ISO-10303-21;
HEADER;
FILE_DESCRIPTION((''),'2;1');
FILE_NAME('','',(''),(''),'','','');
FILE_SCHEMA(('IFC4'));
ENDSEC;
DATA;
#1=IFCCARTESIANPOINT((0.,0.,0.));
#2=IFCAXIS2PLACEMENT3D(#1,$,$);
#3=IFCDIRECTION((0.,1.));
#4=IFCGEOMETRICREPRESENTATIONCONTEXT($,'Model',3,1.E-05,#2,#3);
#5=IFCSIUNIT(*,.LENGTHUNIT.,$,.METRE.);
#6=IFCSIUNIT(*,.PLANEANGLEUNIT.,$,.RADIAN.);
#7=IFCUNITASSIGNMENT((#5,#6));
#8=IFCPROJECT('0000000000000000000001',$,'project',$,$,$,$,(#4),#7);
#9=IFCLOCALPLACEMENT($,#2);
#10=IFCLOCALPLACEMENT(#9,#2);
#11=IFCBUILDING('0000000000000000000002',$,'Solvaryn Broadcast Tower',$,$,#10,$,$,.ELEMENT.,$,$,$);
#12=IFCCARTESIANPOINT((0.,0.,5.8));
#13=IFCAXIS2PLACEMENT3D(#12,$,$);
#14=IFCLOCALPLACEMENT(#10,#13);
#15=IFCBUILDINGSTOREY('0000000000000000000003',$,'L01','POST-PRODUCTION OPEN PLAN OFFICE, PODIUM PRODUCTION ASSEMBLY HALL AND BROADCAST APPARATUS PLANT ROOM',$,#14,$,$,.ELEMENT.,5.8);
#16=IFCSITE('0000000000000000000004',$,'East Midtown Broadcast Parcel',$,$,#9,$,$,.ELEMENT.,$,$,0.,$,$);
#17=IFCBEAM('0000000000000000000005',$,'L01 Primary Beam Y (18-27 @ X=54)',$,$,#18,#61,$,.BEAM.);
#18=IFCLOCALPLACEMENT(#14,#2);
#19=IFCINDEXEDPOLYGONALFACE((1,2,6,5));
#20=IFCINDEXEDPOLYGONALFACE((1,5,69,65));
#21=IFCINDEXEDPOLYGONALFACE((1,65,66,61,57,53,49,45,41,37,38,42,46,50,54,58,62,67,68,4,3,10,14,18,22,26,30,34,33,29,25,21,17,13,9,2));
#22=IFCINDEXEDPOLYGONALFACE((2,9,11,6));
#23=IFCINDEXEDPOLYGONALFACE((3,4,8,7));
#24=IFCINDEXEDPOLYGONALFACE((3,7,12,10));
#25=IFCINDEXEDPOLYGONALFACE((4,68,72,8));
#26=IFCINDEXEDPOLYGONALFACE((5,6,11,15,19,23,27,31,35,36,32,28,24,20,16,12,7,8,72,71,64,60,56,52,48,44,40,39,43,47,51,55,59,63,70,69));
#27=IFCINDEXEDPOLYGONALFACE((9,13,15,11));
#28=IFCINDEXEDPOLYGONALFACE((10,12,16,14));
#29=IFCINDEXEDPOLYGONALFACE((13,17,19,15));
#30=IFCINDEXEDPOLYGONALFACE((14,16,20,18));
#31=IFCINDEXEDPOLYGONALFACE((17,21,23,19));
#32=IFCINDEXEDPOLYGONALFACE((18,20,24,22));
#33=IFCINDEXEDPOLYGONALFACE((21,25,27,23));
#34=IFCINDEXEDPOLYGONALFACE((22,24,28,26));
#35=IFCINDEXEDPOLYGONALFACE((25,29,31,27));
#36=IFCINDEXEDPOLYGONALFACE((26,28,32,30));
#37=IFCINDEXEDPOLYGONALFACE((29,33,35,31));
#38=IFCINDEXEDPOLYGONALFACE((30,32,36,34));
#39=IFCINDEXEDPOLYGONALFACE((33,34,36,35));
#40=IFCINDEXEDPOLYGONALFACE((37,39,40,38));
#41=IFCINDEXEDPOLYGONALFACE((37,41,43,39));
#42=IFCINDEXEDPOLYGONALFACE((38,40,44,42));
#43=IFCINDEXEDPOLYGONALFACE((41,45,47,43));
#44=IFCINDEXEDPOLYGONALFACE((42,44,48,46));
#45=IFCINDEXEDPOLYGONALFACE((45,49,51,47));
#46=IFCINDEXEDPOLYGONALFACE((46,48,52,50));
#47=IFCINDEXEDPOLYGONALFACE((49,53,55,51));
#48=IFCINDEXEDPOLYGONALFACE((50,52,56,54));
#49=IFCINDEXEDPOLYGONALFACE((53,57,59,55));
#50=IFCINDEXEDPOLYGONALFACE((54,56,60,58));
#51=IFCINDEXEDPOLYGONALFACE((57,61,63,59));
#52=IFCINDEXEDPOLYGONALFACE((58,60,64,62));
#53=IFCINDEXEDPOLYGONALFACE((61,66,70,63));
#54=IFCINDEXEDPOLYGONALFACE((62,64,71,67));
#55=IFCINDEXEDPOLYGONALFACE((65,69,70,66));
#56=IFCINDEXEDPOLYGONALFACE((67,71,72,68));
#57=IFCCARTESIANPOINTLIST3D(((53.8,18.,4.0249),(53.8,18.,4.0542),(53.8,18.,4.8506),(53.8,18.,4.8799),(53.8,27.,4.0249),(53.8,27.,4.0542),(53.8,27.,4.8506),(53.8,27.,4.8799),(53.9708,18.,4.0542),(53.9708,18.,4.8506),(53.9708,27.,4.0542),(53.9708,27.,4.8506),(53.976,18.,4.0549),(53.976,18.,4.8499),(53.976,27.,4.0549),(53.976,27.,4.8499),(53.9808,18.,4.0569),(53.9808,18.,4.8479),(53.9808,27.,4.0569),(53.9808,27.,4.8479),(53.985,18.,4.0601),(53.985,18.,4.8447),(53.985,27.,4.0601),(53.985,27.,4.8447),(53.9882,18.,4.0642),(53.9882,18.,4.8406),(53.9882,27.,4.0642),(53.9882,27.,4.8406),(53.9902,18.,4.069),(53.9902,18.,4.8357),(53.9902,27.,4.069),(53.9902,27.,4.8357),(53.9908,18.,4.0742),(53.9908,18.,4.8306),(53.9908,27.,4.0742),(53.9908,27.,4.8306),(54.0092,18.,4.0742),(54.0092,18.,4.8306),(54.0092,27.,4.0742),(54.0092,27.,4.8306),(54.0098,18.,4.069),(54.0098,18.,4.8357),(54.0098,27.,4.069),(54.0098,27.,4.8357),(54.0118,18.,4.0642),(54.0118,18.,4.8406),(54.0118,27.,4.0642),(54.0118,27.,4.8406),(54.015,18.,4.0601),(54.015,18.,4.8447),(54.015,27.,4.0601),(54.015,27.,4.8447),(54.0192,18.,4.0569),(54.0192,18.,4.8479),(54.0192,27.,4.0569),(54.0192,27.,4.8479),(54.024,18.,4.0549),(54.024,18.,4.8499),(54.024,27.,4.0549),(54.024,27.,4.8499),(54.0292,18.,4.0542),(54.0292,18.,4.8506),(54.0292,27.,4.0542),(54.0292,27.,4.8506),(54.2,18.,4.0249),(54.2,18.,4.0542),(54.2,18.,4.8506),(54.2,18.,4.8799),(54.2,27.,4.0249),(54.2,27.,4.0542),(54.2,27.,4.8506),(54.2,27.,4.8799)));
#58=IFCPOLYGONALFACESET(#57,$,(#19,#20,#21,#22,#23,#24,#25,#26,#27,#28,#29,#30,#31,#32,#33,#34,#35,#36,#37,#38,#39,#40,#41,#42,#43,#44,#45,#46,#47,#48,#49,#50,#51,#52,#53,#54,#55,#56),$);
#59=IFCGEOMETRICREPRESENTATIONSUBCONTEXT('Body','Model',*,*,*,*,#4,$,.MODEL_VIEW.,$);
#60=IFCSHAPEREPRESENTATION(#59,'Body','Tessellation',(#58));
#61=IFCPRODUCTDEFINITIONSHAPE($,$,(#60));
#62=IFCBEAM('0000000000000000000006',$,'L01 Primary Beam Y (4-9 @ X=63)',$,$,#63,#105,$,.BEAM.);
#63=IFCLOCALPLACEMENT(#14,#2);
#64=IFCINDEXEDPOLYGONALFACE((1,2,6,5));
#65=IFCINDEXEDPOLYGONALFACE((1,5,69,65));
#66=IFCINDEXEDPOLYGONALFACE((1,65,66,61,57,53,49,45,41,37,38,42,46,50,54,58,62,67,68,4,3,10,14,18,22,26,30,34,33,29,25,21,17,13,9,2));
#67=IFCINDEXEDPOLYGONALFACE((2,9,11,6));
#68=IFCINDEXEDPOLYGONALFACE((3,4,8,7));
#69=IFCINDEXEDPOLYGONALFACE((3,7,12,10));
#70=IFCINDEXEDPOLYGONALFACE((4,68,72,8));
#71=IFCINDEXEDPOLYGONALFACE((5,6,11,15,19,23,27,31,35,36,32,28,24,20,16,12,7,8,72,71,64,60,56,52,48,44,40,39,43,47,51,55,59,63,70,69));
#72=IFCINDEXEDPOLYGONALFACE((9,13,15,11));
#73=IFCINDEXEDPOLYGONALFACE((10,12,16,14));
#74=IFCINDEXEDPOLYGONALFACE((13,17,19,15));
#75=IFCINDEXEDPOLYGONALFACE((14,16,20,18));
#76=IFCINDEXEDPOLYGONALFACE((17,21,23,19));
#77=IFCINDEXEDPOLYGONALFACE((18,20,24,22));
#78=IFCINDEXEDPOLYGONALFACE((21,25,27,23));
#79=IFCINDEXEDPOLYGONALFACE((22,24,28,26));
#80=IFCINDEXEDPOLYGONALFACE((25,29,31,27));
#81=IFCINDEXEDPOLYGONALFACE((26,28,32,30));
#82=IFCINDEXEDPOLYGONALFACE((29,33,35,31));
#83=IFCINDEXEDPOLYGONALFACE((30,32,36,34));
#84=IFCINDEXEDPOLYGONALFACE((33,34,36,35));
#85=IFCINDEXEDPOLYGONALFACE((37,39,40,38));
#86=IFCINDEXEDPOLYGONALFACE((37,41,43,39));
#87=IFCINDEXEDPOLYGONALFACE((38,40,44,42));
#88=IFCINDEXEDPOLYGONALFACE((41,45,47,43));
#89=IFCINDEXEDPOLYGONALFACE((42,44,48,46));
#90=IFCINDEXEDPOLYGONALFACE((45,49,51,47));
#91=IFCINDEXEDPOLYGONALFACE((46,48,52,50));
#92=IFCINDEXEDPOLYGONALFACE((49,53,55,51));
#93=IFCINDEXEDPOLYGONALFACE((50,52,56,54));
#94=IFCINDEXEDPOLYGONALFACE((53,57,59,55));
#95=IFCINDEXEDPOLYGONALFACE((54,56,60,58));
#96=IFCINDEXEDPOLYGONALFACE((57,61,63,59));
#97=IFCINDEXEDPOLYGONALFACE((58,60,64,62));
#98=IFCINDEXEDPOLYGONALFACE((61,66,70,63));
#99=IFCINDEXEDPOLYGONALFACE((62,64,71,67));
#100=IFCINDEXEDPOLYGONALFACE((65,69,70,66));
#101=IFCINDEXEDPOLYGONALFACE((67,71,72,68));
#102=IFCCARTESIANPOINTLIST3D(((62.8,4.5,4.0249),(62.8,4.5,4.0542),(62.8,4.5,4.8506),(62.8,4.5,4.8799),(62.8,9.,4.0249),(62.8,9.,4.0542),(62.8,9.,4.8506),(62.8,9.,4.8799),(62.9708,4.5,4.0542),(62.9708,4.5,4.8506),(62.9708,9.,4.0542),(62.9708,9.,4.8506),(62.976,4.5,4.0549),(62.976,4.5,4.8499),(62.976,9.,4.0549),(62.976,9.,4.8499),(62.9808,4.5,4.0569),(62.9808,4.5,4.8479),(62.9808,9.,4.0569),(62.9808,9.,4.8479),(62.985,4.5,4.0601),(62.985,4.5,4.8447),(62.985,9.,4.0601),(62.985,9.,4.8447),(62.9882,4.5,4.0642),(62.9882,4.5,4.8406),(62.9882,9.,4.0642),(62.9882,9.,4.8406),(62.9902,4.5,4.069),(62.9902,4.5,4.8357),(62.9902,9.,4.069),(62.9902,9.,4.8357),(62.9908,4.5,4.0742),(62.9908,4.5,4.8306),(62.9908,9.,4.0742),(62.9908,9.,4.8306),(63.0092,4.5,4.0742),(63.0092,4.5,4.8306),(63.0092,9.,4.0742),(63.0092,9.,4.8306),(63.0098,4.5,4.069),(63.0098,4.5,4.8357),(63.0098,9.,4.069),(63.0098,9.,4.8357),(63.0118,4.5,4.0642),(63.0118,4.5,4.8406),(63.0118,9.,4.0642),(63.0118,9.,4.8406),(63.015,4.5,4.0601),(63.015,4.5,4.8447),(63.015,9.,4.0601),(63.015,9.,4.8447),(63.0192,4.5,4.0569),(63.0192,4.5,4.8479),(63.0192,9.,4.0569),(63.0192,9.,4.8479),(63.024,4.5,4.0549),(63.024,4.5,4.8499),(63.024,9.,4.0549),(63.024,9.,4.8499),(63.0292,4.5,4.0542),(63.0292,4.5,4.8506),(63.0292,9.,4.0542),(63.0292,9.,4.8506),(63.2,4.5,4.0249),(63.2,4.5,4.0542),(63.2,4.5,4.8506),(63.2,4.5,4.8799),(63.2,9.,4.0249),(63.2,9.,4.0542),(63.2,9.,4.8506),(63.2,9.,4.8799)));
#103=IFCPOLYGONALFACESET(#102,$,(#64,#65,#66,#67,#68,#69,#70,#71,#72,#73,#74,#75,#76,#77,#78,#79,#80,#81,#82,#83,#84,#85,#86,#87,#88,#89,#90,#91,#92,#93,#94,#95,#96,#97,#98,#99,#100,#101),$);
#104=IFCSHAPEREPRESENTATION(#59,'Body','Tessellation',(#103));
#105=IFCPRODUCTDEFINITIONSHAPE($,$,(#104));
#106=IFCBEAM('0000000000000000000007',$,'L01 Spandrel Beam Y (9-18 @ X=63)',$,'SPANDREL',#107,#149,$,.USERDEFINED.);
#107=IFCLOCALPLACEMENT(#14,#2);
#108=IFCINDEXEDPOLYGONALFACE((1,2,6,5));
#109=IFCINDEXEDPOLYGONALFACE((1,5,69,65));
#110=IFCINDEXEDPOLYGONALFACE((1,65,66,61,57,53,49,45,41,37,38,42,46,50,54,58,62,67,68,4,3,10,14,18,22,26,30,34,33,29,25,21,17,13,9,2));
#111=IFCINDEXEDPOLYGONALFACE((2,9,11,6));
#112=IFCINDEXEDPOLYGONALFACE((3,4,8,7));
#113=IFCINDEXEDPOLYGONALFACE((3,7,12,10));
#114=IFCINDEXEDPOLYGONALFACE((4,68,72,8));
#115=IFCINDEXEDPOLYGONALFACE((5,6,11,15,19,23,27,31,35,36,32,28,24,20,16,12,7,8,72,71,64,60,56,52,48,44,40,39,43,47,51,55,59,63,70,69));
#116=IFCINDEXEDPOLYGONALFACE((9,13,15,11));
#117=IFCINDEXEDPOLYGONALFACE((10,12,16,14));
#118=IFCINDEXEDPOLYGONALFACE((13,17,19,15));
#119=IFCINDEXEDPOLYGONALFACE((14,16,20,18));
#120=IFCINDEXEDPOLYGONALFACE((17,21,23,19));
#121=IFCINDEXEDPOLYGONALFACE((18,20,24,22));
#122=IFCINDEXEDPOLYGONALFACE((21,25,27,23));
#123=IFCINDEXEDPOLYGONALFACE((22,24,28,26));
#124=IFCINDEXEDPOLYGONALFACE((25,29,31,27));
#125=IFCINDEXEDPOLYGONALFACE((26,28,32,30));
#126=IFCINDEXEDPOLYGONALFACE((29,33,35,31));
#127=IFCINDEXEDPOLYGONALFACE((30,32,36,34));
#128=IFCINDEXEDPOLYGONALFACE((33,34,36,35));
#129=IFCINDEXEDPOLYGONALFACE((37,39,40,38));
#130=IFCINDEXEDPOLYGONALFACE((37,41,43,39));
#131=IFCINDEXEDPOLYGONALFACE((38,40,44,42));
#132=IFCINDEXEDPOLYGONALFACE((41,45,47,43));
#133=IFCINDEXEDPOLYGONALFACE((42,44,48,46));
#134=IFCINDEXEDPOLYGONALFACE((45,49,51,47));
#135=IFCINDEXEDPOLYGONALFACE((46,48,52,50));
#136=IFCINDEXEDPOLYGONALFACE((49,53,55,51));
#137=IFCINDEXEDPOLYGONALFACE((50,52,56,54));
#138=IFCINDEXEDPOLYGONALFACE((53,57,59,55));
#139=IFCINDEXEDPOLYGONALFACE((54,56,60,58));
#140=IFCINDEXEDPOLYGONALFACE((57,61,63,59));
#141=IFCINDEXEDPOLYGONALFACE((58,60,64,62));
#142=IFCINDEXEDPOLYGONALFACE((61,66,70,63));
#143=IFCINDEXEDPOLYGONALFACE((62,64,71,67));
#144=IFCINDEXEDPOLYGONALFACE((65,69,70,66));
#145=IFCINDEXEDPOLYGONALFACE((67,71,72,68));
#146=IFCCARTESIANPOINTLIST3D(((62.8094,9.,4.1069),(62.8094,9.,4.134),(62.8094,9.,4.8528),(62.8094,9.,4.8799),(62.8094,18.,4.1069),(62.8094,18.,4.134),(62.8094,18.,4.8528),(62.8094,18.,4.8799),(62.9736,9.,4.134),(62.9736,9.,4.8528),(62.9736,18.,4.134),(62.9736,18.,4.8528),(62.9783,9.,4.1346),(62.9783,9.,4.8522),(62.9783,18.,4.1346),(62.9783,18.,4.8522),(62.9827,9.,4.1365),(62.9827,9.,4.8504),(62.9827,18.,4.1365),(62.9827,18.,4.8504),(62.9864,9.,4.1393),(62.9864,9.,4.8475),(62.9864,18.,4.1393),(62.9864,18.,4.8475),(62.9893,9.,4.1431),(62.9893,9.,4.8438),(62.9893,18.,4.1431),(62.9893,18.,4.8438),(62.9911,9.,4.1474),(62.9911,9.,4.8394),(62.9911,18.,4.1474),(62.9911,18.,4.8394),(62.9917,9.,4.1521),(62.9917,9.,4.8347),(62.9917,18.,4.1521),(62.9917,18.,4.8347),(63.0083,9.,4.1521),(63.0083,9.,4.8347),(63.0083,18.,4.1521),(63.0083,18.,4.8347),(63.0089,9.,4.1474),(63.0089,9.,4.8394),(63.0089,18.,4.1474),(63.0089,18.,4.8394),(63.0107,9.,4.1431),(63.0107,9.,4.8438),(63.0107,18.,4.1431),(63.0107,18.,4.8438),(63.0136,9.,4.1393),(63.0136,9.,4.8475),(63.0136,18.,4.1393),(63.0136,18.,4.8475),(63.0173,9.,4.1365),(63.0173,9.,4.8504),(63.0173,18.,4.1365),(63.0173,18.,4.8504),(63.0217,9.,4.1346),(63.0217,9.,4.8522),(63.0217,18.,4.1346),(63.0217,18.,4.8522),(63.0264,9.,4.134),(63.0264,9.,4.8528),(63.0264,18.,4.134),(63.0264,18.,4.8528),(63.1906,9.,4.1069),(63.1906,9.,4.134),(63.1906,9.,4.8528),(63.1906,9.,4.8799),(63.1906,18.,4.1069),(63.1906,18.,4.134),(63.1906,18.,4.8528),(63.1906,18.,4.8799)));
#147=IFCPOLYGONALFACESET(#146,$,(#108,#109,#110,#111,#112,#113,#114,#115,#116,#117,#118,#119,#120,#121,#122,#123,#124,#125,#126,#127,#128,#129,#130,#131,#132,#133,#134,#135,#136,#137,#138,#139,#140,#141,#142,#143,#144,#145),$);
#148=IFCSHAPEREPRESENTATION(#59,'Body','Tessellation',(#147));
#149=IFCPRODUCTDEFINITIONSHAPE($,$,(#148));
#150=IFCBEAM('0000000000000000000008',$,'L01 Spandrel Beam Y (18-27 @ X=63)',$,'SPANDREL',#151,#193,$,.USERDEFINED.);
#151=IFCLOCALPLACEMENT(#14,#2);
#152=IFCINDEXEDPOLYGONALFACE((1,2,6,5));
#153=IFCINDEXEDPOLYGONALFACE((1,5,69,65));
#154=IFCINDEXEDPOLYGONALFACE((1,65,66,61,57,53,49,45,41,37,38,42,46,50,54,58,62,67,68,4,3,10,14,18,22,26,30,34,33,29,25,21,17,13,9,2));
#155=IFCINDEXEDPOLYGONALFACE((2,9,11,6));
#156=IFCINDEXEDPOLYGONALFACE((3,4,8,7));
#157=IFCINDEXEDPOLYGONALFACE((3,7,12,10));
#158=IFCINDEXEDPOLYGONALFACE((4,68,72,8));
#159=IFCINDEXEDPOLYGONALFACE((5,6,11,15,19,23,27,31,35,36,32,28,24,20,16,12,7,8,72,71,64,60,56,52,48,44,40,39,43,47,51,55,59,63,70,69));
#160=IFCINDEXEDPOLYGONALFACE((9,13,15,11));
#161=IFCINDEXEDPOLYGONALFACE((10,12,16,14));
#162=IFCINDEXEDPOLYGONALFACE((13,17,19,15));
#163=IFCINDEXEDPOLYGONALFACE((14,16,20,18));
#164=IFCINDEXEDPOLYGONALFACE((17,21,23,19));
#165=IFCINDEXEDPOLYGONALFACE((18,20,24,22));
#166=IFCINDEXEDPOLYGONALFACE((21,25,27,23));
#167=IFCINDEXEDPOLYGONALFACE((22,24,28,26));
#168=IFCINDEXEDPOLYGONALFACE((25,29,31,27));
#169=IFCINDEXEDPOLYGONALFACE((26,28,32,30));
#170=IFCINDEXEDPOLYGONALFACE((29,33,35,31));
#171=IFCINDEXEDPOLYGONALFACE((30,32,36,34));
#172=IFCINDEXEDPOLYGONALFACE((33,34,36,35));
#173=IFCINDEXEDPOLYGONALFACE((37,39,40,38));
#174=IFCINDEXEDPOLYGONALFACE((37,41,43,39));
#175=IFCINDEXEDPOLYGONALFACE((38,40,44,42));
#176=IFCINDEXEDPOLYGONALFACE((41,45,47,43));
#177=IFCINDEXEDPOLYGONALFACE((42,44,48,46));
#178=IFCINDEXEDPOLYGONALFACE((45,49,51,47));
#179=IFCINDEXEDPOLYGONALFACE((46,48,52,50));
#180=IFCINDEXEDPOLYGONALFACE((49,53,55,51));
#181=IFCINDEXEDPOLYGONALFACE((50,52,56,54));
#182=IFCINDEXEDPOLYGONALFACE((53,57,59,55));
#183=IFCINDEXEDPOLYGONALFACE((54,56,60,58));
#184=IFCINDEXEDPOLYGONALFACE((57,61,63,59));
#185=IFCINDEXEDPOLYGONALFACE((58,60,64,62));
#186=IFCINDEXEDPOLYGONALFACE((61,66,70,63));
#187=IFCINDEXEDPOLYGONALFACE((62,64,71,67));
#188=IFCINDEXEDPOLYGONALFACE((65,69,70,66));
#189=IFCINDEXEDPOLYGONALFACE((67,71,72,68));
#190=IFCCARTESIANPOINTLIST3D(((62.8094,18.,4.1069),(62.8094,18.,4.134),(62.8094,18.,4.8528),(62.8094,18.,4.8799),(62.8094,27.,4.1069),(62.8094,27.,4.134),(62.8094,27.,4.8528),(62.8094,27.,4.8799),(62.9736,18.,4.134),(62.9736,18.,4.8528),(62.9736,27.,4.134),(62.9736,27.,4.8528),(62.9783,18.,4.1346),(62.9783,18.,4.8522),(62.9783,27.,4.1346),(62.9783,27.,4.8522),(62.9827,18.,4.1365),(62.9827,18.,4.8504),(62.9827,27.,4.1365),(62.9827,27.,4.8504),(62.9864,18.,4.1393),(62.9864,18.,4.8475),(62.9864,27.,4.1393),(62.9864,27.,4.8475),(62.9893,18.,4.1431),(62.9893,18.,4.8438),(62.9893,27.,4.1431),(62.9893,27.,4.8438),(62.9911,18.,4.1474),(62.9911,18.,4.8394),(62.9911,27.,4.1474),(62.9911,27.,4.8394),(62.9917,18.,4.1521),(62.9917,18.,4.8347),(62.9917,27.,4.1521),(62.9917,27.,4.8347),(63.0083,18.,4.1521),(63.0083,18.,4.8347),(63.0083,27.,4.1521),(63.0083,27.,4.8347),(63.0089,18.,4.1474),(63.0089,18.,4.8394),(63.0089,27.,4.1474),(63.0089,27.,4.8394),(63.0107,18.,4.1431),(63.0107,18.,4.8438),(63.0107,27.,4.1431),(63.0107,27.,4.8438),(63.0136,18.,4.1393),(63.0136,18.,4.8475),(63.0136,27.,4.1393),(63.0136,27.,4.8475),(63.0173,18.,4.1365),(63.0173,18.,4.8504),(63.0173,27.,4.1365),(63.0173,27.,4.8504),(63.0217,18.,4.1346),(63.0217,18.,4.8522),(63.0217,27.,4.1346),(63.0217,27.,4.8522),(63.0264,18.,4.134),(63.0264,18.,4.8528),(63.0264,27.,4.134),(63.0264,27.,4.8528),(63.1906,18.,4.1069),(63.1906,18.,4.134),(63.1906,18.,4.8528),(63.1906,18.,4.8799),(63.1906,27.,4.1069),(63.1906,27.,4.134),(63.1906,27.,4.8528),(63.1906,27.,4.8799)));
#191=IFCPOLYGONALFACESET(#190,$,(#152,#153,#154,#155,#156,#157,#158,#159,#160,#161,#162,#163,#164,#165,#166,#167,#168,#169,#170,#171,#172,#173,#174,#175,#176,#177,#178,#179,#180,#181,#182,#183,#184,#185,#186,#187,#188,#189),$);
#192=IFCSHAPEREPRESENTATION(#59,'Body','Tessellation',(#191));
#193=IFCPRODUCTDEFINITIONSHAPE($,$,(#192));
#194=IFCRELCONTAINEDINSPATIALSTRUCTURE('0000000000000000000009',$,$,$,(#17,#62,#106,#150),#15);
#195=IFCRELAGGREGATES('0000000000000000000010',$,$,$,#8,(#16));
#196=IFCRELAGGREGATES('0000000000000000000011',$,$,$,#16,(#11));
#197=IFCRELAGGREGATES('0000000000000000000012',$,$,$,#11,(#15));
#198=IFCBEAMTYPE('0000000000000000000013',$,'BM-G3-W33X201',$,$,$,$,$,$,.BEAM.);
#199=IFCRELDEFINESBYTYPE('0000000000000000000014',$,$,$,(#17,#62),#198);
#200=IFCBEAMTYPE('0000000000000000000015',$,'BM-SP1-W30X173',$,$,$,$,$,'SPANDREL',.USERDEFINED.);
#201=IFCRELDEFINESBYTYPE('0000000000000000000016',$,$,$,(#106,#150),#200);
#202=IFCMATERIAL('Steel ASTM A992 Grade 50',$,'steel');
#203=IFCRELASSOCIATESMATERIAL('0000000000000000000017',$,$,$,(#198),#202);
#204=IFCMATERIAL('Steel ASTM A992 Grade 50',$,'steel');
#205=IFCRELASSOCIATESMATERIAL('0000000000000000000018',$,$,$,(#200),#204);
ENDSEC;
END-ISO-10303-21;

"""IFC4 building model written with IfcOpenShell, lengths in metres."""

from ifc_helpers import new_model, si_unit, direction, frame, origin, origin_2d, place, context, subcontext, project, spatial, i_section, extrude, material, material_profile, profile_set, type_object, element, save


model = new_model("IFC4")

# Units and contexts
model_context = context("Model", 3, precision=1e-05, world=origin(), true_north=direction((0.0, 1.0)))
body_context = subcontext(model_context, "Body", "Model", "MODEL_VIEW")
ifc_project = project(units=[si_unit("LENGTHUNIT", "METRE"), si_unit("PLANEANGLEUNIT", "RADIAN")], contexts=[model_context])

# Site, building, storey
site_placement = place(None, origin())
site = spatial("IfcSite", under=ifc_project, at=site_placement, Name="East Midtown Broadcast Parcel", CompositionType="ELEMENT", RefElevation=0.0)
building_placement = place(site_placement, origin())
building = spatial("IfcBuilding", under=site, at=building_placement, Name="Solvaryn Broadcast Tower", CompositionType="ELEMENT")
storey_placement = place(building_placement, frame((0.0, 0.0, 5.8)))
storey = spatial("IfcBuildingStorey", under=building, at=storey_placement, Name="L01", Description="POST-PRODUCTION OPEN PLAN OFFICE, PODIUM PRODUCTION ASSEMBLY HALL AND BROADCAST APPARATUS PLANT ROOM", CompositionType="ELEMENT", Elevation=5.8)

# Beams
ifc_material_1 = material(Name="Steel ASTM A992 Grade 50", Category="steel")
ifc_material_profile_1 = material_profile(ifc_material_1, i_section(OverallWidth=0.3999, OverallDepth=0.855, WebThickness=0.0183, FlangeThickness=0.0293, FilletRadius=0.02, at=origin_2d()))
ifc_profile_set_1 = profile_set([ifc_material_profile_1], Name="Steel ASTM A992 Grade 50")
beam_type_1 = type_object("IfcBeamType", Name="BM-G3-W33X201", PredefinedType="BEAM", material=ifc_profile_set_1)
beam_1_placement = place(storey_placement, frame((54.0, 18.0, 4.4524), z_axis=(0.0, 1.0, 0.0), x_axis=(-1.0, 0.0, 0.0)))
element("IfcBeam", 1, at=beam_1_placement, inside=storey, type_object=beam_type_1, Name="L01 Primary Beam Y (18-27 @ X=54)", PredefinedType="BEAM", context=body_context, shape_type="SweptSolid", body=[
    extrude(i_section(OverallWidth=0.3999, OverallDepth=0.855, WebThickness=0.0183, FlangeThickness=0.0293, FilletRadius=0.02, at=origin_2d()), origin(), (0.0, 0.0, 1.0), 9.0),
])
beam_2_placement = place(storey_placement, frame((63.0, 4.5, 4.4524), z_axis=(0.0, 1.0, 0.0), x_axis=(-1.0, 0.0, 0.0)))
element("IfcBeam", 2, at=beam_2_placement, inside=storey, type_object=beam_type_1, Name="L01 Primary Beam Y (4-9 @ X=63)", PredefinedType="BEAM", context=body_context, shape_type="SweptSolid", body=[
    extrude(i_section(OverallWidth=0.3999, OverallDepth=0.855, WebThickness=0.0183, FlangeThickness=0.0293, FilletRadius=0.02, at=origin_2d()), origin(), (0.0, 0.0, 1.0), 4.5),
])
ifc_material_2 = material(Name="Steel ASTM A992 Grade 50", Category="steel")
ifc_material_profile_2 = material_profile(ifc_material_2, i_section(OverallWidth=0.3811, OverallDepth=0.7729, WebThickness=0.0166, FlangeThickness=0.0271, FilletRadius=0.0181, at=origin_2d()))
ifc_profile_set_2 = profile_set([ifc_material_profile_2], Name="Steel ASTM A992 Grade 50")
beam_type_2 = type_object("IfcBeamType", Name="BM-SP1-W30X173", ElementType="SPANDREL", PredefinedType="USERDEFINED", material=ifc_profile_set_2)
for number, where, z_axis, x_axis, name in (
    (3, (63.0, 9.0, 4.4934), (0.0, 1.0, 0.0), (-1.0, 0.0, 0.0), "L01 Spandrel Beam Y (9-18 @ X=63)"),
    (4, (63.0, 18.0, 4.4934), (0.0, 1.0, 0.0), (-1.0, 0.0, 0.0), "L01 Spandrel Beam Y (18-27 @ X=63)"),
):
    element("IfcBeam", number, at=place(storey_placement, frame(where, z_axis=z_axis, x_axis=x_axis)), inside=storey, type_object=beam_type_2, Name=name, ObjectType="SPANDREL", PredefinedType="USERDEFINED", context=body_context, shape_type="SweptSolid", body=[
        extrude(i_section(OverallWidth=0.3811, OverallDepth=0.7729, WebThickness=0.0166, FlangeThickness=0.0271, FilletRadius=0.0181, at=origin_2d()), origin(), (0.0, 0.0, 1.0), 9.0),
    ])

save(model, "model.ifc")
